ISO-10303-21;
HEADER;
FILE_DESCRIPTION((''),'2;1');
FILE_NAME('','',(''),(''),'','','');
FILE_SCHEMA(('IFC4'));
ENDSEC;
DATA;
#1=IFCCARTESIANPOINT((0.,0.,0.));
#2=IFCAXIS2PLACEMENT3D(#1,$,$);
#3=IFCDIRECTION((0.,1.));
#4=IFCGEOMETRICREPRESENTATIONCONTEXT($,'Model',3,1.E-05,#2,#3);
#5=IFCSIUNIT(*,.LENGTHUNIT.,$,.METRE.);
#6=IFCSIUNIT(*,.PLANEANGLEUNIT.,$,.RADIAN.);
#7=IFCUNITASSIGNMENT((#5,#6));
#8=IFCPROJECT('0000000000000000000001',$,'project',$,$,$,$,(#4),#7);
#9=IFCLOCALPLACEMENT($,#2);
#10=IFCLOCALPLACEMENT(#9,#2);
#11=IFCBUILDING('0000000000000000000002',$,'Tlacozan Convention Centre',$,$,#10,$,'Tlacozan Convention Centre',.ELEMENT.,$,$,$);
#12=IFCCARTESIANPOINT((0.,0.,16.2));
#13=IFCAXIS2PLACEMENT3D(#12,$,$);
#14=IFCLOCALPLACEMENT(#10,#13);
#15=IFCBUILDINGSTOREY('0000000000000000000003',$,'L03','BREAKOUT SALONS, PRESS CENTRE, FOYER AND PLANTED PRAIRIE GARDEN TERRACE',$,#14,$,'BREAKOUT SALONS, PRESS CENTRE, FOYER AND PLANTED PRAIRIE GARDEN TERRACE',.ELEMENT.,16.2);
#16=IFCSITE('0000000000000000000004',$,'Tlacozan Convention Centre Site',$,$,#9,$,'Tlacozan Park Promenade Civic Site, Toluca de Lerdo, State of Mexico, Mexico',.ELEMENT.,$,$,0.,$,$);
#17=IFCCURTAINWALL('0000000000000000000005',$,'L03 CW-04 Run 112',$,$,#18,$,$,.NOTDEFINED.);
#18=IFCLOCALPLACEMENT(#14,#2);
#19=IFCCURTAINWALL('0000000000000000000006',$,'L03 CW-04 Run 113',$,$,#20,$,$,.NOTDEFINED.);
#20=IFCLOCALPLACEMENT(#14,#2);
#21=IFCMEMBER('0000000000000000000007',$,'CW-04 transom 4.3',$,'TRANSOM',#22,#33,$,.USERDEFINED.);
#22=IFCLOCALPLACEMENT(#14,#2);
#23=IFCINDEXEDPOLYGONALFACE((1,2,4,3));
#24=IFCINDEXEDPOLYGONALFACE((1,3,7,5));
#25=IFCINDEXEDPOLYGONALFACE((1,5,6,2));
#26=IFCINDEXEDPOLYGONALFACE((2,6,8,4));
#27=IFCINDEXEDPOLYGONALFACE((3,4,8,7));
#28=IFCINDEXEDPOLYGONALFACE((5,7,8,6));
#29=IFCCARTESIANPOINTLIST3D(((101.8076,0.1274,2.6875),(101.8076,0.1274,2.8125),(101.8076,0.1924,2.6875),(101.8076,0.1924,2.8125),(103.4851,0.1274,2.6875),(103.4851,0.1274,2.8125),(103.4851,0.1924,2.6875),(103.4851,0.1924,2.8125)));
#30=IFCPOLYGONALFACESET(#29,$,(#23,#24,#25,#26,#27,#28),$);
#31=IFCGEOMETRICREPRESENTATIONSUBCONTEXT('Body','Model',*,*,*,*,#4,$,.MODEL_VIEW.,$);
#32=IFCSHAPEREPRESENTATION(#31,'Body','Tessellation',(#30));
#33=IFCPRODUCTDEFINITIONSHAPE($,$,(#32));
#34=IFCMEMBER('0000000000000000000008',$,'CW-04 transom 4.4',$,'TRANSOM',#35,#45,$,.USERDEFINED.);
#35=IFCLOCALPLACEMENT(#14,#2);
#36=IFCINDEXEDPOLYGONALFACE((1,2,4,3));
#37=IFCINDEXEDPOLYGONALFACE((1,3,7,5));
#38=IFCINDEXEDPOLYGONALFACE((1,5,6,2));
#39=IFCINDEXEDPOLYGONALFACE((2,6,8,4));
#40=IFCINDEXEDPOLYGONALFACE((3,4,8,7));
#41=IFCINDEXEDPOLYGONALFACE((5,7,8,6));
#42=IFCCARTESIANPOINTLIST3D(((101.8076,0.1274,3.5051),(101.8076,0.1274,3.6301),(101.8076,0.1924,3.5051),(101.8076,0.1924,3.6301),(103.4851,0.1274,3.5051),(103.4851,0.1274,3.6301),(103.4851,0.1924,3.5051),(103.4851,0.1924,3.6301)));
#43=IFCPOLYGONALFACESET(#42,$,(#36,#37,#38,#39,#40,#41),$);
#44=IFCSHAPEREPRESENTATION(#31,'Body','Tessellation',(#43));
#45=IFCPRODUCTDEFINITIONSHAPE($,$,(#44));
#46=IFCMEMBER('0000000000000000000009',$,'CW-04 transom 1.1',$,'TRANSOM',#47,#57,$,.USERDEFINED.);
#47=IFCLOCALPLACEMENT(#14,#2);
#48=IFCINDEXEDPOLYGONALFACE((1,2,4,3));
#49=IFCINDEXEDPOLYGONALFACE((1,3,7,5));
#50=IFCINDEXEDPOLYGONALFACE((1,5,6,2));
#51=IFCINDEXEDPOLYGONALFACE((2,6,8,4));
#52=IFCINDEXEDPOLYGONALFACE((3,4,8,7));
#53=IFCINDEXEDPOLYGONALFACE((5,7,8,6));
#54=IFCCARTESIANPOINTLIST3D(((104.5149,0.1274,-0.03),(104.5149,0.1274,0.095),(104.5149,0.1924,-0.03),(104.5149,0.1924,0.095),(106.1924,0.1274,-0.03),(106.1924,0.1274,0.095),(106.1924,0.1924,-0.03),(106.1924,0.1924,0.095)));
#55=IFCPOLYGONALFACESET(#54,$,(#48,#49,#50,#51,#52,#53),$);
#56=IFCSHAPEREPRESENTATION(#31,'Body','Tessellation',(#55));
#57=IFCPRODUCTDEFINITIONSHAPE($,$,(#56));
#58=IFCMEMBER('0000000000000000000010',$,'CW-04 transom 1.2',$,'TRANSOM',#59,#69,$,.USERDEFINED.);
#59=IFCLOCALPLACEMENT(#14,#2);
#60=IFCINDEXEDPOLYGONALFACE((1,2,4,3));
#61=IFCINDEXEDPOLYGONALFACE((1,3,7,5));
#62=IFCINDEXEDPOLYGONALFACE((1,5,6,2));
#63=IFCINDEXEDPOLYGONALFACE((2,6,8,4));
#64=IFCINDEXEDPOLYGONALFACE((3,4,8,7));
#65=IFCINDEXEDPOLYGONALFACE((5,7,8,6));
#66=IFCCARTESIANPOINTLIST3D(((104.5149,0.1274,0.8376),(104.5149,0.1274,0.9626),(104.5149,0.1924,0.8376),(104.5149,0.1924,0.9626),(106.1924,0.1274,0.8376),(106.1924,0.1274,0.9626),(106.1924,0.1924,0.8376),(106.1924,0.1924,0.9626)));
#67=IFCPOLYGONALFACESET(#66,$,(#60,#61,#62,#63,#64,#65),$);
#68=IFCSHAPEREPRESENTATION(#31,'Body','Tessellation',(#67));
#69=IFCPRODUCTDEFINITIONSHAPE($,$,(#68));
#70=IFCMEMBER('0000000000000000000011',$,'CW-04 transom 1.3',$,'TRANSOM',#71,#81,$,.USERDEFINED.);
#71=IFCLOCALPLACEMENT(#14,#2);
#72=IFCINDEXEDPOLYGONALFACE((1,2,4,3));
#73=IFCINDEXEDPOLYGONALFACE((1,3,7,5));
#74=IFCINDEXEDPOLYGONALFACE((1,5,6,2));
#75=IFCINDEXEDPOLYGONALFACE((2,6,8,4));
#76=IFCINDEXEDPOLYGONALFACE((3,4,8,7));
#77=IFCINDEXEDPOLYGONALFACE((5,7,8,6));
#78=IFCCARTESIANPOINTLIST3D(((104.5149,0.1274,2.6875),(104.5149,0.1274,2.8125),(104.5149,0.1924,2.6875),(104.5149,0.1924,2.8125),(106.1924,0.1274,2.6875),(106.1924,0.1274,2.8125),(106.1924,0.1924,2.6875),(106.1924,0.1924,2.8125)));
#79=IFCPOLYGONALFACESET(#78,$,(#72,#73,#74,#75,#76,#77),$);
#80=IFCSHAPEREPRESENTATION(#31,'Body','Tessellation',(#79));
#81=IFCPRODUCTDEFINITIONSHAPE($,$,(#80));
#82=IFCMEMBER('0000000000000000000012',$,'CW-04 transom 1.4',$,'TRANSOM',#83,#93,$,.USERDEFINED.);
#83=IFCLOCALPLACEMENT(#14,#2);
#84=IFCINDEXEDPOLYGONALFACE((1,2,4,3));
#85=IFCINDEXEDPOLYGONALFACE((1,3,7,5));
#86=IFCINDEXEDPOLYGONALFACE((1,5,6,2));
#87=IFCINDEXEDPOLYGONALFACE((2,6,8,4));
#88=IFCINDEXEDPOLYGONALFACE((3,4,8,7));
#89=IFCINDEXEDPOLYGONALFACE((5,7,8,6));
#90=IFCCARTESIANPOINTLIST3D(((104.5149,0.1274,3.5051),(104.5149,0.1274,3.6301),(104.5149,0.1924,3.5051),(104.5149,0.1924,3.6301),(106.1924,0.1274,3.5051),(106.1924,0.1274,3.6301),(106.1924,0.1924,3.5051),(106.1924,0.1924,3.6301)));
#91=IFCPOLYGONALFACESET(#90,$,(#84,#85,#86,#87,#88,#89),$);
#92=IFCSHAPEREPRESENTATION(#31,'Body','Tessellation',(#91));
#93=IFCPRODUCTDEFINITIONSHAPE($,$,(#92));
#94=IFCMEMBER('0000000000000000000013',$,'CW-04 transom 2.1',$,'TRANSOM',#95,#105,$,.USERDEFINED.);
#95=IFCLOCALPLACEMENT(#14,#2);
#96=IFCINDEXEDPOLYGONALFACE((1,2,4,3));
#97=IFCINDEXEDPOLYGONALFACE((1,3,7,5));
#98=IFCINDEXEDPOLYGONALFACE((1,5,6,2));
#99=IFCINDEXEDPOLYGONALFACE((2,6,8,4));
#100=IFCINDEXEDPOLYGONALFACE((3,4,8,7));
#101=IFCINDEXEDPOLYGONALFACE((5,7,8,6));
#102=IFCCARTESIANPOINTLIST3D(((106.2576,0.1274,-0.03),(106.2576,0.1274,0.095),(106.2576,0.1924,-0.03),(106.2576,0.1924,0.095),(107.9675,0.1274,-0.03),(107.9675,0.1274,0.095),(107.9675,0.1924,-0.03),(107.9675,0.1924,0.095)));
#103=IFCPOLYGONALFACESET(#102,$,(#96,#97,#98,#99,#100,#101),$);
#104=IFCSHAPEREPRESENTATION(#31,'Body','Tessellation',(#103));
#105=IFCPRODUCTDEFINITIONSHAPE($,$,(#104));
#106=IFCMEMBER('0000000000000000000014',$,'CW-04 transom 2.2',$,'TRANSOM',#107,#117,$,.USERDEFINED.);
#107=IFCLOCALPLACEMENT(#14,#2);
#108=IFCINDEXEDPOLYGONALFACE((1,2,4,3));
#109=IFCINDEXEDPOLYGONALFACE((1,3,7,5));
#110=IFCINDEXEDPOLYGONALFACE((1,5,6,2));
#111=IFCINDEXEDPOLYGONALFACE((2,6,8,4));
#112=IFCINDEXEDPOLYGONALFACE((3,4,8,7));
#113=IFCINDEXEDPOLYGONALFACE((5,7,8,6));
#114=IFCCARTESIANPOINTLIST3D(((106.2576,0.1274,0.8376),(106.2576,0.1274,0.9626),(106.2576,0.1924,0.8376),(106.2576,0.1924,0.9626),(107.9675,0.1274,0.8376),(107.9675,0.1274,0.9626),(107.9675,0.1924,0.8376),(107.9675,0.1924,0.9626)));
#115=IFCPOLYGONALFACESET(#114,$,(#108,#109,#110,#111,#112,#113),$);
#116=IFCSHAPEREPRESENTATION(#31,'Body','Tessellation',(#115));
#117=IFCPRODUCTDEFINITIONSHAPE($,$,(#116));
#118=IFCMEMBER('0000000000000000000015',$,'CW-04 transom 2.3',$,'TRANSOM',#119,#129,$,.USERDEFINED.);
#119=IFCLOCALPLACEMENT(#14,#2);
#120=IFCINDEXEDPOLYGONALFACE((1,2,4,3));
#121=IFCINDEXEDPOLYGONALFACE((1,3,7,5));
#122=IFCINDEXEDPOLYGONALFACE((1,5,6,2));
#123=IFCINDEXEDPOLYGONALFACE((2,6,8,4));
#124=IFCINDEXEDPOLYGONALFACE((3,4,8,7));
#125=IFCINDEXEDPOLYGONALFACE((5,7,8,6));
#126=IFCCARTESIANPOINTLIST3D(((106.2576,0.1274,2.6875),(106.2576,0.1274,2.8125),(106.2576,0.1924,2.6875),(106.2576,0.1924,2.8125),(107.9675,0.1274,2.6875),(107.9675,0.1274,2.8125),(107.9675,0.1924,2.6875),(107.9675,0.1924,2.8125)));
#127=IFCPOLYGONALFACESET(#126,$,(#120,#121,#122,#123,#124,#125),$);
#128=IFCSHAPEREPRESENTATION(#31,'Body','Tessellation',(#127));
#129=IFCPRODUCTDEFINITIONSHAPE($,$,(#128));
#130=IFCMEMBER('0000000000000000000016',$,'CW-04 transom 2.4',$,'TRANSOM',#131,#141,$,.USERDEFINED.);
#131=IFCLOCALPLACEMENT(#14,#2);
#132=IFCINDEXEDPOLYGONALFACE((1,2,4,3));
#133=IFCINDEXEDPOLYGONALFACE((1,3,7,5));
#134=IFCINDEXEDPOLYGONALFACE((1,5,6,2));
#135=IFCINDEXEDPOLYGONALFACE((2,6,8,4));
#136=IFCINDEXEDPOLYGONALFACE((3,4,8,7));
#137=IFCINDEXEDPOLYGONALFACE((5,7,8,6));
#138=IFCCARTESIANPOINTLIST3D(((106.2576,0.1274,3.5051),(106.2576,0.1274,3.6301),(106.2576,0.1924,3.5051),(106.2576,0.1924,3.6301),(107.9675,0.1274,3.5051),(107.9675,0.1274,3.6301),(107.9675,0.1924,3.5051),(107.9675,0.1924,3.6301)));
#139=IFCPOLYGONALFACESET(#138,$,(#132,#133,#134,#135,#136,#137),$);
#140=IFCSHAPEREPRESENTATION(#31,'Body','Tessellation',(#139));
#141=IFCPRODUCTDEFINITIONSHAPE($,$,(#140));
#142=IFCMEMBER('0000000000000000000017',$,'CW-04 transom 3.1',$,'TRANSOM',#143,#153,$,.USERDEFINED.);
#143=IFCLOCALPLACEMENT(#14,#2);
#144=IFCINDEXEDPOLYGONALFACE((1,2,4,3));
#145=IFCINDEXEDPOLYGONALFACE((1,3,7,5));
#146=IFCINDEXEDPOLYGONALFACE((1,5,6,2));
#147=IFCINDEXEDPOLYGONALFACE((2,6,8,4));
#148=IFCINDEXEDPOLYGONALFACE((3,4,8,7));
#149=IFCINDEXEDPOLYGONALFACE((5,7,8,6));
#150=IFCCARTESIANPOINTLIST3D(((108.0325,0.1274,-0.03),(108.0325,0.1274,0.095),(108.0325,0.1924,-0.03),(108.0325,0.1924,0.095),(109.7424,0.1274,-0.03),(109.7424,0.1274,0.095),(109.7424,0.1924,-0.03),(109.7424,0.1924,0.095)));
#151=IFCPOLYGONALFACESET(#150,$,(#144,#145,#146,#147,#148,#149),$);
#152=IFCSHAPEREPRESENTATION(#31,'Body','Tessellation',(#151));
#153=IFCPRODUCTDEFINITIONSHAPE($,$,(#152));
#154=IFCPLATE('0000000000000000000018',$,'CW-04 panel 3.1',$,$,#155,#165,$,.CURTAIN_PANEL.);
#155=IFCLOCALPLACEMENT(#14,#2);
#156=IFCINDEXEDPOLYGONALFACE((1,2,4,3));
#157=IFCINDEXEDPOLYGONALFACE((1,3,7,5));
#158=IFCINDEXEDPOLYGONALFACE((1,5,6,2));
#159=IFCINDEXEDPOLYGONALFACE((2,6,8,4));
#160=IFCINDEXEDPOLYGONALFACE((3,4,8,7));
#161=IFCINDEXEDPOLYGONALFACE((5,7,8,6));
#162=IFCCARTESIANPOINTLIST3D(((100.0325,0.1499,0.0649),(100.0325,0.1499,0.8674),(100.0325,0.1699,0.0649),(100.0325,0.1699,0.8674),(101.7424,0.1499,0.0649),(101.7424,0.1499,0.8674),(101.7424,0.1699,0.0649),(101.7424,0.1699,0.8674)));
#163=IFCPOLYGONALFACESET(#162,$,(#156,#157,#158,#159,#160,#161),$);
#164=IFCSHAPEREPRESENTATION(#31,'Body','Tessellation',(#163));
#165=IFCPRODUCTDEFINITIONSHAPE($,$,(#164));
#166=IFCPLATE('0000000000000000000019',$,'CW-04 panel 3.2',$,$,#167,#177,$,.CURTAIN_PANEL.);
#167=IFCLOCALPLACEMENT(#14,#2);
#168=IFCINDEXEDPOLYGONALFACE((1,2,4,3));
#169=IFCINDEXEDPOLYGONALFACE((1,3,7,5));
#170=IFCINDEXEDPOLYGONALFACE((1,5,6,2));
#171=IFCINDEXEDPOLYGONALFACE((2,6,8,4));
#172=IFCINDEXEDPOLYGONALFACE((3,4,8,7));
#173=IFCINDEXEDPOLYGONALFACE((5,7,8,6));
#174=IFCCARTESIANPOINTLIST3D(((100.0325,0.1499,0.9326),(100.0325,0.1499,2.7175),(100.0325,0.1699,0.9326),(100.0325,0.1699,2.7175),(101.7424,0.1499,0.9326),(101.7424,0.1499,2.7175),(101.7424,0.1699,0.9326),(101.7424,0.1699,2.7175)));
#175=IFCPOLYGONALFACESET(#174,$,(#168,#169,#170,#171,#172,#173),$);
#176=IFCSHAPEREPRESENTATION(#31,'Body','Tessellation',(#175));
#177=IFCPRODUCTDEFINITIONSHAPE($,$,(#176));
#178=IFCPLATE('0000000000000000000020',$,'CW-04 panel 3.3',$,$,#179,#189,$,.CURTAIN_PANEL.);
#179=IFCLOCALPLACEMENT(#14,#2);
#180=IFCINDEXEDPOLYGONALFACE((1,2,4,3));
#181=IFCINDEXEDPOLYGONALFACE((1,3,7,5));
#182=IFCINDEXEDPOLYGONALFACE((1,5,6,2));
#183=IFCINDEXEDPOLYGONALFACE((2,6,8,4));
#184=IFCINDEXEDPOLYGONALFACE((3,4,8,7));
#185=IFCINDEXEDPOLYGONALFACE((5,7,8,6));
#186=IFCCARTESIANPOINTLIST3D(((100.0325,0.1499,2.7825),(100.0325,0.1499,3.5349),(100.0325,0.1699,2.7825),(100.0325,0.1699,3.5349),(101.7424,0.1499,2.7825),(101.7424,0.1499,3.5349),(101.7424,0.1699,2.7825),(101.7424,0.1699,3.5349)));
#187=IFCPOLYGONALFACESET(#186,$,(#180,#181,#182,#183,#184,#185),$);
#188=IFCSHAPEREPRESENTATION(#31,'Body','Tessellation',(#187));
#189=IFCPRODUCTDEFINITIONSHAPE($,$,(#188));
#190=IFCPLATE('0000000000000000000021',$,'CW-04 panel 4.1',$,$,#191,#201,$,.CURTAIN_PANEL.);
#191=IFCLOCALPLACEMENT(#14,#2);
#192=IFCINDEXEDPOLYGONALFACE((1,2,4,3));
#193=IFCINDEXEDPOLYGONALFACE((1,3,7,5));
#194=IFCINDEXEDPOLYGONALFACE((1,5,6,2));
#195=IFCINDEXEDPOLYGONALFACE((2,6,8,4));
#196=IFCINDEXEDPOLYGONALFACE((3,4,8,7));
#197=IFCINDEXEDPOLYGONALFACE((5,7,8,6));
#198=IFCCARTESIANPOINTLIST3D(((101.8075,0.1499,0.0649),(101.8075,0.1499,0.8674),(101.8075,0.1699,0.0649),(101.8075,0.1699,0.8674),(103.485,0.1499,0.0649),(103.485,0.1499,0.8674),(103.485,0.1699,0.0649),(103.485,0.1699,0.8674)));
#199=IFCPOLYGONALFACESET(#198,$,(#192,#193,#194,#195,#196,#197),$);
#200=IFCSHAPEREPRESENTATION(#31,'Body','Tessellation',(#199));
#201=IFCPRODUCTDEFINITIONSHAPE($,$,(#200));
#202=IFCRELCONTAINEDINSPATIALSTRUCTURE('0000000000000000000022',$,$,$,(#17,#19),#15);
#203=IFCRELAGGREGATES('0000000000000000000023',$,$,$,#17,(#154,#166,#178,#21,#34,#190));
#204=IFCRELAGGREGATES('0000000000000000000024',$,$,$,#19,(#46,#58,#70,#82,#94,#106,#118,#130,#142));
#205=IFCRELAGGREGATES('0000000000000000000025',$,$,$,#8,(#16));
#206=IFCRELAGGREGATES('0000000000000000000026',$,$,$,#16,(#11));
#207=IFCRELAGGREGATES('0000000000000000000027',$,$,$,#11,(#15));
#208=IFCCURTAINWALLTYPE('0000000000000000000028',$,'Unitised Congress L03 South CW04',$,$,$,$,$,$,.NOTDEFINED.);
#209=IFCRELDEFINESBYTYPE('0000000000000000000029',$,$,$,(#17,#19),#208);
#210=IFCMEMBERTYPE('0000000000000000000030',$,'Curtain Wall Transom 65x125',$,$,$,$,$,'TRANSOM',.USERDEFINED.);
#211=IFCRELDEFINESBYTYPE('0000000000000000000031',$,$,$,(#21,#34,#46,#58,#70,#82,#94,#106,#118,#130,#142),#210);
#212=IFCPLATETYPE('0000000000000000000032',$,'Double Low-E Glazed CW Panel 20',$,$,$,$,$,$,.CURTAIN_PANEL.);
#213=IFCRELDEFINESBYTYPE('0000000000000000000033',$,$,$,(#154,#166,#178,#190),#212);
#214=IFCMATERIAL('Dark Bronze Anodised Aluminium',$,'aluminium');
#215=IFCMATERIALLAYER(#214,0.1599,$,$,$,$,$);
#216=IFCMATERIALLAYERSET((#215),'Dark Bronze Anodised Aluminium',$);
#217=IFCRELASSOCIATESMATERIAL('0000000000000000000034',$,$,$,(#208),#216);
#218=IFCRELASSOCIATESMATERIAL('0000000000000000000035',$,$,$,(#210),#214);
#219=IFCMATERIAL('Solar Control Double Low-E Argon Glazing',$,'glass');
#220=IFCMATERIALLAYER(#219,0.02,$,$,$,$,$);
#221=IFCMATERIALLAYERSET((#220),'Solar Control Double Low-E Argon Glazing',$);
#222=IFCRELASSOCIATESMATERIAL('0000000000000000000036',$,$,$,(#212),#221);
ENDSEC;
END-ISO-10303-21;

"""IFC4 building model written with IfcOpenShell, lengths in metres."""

from ifc_helpers import new_model, si_unit, direction, frame, origin, origin_2d, place, context, subcontext, project, spatial, rectangle, extrude, material, layer, layer_set, material_profile, profile_set, type_object, element, aggregate, save


model = new_model("IFC4")

# Units and contexts
model_context = context("Model", 3, precision=1e-05, world=origin(), true_north=direction((0.0, 1.0)))
body_context = subcontext(model_context, "Body", "Model", "MODEL_VIEW")
ifc_project = project(units=[si_unit("LENGTHUNIT", "METRE"), si_unit("PLANEANGLEUNIT", "RADIAN")], contexts=[model_context])

# Site, building, storey
site_placement = place(None, origin())
site = spatial("IfcSite", under=ifc_project, at=site_placement, Name="Tlacozan Convention Centre Site", LongName="Tlacozan Park Promenade Civic Site, Toluca de Lerdo, State of Mexico, Mexico", CompositionType="ELEMENT", RefElevation=0.0)
building_placement = place(site_placement, origin())
building = spatial("IfcBuilding", under=site, at=building_placement, Name="Tlacozan Convention Centre", LongName="Tlacozan Convention Centre", CompositionType="ELEMENT")
storey_placement = place(building_placement, frame((0.0, 0.0, 16.2)))
storey = spatial("IfcBuildingStorey", under=building, at=storey_placement, Name="L03", Description="BREAKOUT SALONS, PRESS CENTRE, FOYER AND PLANTED PRAIRIE GARDEN TERRACE", LongName="BREAKOUT SALONS, PRESS CENTRE, FOYER AND PLANTED PRAIRIE GARDEN TERRACE", CompositionType="ELEMENT", Elevation=16.2)

# Curtain walls
ifc_material_1 = material(Name="Dark Bronze Anodised Aluminium", Category="aluminium")
ifc_layer_1 = layer(ifc_material_1, 0.1599)
ifc_layer_set_1 = layer_set([ifc_layer_1], Name="Dark Bronze Anodised Aluminium")
curtain_wall_type = type_object("IfcCurtainWallType", Name="Unitised Congress L03 South CW04", PredefinedType="NOTDEFINED", material=ifc_layer_set_1)
curtain_wall_1_placement = place(storey_placement, origin())
curtain_wall_1 = element("IfcCurtainWall", 1, at=curtain_wall_1_placement, inside=storey, type_object=curtain_wall_type, Name="L03 CW-04 Run 112", PredefinedType="NOTDEFINED")
curtain_wall_2_placement = place(storey_placement, origin())
curtain_wall_2 = element("IfcCurtainWall", 2, at=curtain_wall_2_placement, inside=storey, type_object=curtain_wall_type, Name="L03 CW-04 Run 113", PredefinedType="NOTDEFINED")

# Members
ifc_material_profile_1 = material_profile(ifc_material_1, rectangle(XDim=0.0649, YDim=0.125, at=origin_2d()), Name="ALU 65x125")
ifc_profile_set_1 = profile_set([ifc_material_profile_1], Name="Dark Bronze Anodised Aluminium")
member_type_1 = type_object("IfcMemberType", Name="Curtain Wall Transom 65x125", ElementType="TRANSOM", PredefinedType="USERDEFINED", material=ifc_profile_set_1)
member_1_placement = place(storey_placement, frame((101.8076, 0.1599, 2.75), z_axis=(1.0, 0.0, 0.0), x_axis=(0.0, 1.0, 0.0)))
member_1 = element("IfcMember", 3, at=member_1_placement, type_object=member_type_1, Name="CW-04 transom 4.3", ObjectType="TRANSOM", PredefinedType="USERDEFINED", context=body_context, shape_type="SweptSolid", body=[
    extrude(rectangle(XDim=0.0649, YDim=0.125, at=origin_2d()), origin(), (0.0, 0.0, 1.0), 1.6775),
])
member_2_placement = place(storey_placement, frame((101.8076, 0.1599, 3.5676), z_axis=(1.0, 0.0, 0.0), x_axis=(0.0, 1.0, 0.0)))
member_2 = element("IfcMember", 4, at=member_2_placement, type_object=member_type_1, Name="CW-04 transom 4.4", ObjectType="TRANSOM", PredefinedType="USERDEFINED", context=body_context, shape_type="SweptSolid", body=[
    extrude(rectangle(XDim=0.0649, YDim=0.125, at=origin_2d()), origin(), (0.0, 0.0, 1.0), 1.6775),
])
member_3_placement = place(storey_placement, frame((104.5149, 0.1599, 0.0325), z_axis=(1.0, 0.0, 0.0), x_axis=(0.0, 1.0, 0.0)))
member_3 = element("IfcMember", 5, at=member_3_placement, type_object=member_type_1, Name="CW-04 transom 1.1", ObjectType="TRANSOM", PredefinedType="USERDEFINED", context=body_context, shape_type="SweptSolid", body=[
    extrude(rectangle(XDim=0.0649, YDim=0.125, at=origin_2d()), origin(), (0.0, 0.0, 1.0), 1.6775),
])
member_4_placement = place(storey_placement, frame((104.5149, 0.1599, 0.9001), z_axis=(1.0, 0.0, 0.0), x_axis=(0.0, 1.0, 0.0)))
member_4 = element("IfcMember", 6, at=member_4_placement, type_object=member_type_1, Name="CW-04 transom 1.2", ObjectType="TRANSOM", PredefinedType="USERDEFINED", context=body_context, shape_type="SweptSolid", body=[
    extrude(rectangle(XDim=0.0649, YDim=0.125, at=origin_2d()), origin(), (0.0, 0.0, 1.0), 1.6775),
])
member_5_placement = place(storey_placement, frame((104.5149, 0.1599, 2.75), z_axis=(1.0, 0.0, 0.0), x_axis=(0.0, 1.0, 0.0)))
member_5 = element("IfcMember", 7, at=member_5_placement, type_object=member_type_1, Name="CW-04 transom 1.3", ObjectType="TRANSOM", PredefinedType="USERDEFINED", context=body_context, shape_type="SweptSolid", body=[
    extrude(rectangle(XDim=0.0649, YDim=0.125, at=origin_2d()), origin(), (0.0, 0.0, 1.0), 1.6775),
])
member_6_placement = place(storey_placement, frame((104.5149, 0.1599, 3.5676), z_axis=(1.0, 0.0, 0.0), x_axis=(0.0, 1.0, 0.0)))
member_6 = element("IfcMember", 8, at=member_6_placement, type_object=member_type_1, Name="CW-04 transom 1.4", ObjectType="TRANSOM", PredefinedType="USERDEFINED", context=body_context, shape_type="SweptSolid", body=[
    extrude(rectangle(XDim=0.0649, YDim=0.125, at=origin_2d()), origin(), (0.0, 0.0, 1.0), 1.6775),
])
member_7_placement = place(storey_placement, frame((106.2576, 0.1599, 0.0325), z_axis=(1.0, 0.0, 0.0), x_axis=(0.0, 1.0, 0.0)))
member_7 = element("IfcMember", 9, at=member_7_placement, type_object=member_type_1, Name="CW-04 transom 2.1", ObjectType="TRANSOM", PredefinedType="USERDEFINED", context=body_context, shape_type="SweptSolid", body=[
    extrude(rectangle(XDim=0.0649, YDim=0.125, at=origin_2d()), origin(), (0.0, 0.0, 1.0), 1.71),
])
member_8_placement = place(storey_placement, frame((106.2576, 0.1599, 0.9001), z_axis=(1.0, 0.0, 0.0), x_axis=(0.0, 1.0, 0.0)))
member_8 = element("IfcMember", 10, at=member_8_placement, type_object=member_type_1, Name="CW-04 transom 2.2", ObjectType="TRANSOM", PredefinedType="USERDEFINED", context=body_context, shape_type="SweptSolid", body=[
    extrude(rectangle(XDim=0.0649, YDim=0.125, at=origin_2d()), origin(), (0.0, 0.0, 1.0), 1.71),
])
member_9_placement = place(storey_placement, frame((106.2576, 0.1599, 2.75), z_axis=(1.0, 0.0, 0.0), x_axis=(0.0, 1.0, 0.0)))
member_9 = element("IfcMember", 11, at=member_9_placement, type_object=member_type_1, Name="CW-04 transom 2.3", ObjectType="TRANSOM", PredefinedType="USERDEFINED", context=body_context, shape_type="SweptSolid", body=[
    extrude(rectangle(XDim=0.0649, YDim=0.125, at=origin_2d()), origin(), (0.0, 0.0, 1.0), 1.71),
])
member_10_placement = place(storey_placement, frame((106.2576, 0.1599, 3.5676), z_axis=(1.0, 0.0, 0.0), x_axis=(0.0, 1.0, 0.0)))
member_10 = element("IfcMember", 12, at=member_10_placement, type_object=member_type_1, Name="CW-04 transom 2.4", ObjectType="TRANSOM", PredefinedType="USERDEFINED", context=body_context, shape_type="SweptSolid", body=[
    extrude(rectangle(XDim=0.0649, YDim=0.125, at=origin_2d()), origin(), (0.0, 0.0, 1.0), 1.71),
])
member_11_placement = place(storey_placement, frame((108.0325, 0.1599, 0.0325), z_axis=(1.0, 0.0, 0.0), x_axis=(0.0, 1.0, 0.0)))
member_11 = element("IfcMember", 13, at=member_11_placement, type_object=member_type_1, Name="CW-04 transom 3.1", ObjectType="TRANSOM", PredefinedType="USERDEFINED", context=body_context, shape_type="SweptSolid", body=[
    extrude(rectangle(XDim=0.0649, YDim=0.125, at=origin_2d()), origin(), (0.0, 0.0, 1.0), 1.71),
])

# Plates
ifc_material_2 = material(Name="Solar Control Double Low-E Argon Glazing", Category="glass")
ifc_layer_2 = layer(ifc_material_2, 0.02)
ifc_layer_set_2 = layer_set([ifc_layer_2], Name="Solar Control Double Low-E Argon Glazing")
plate_type_1 = type_object("IfcPlateType", Name="Double Low-E Glazed CW Panel 20", PredefinedType="CURTAIN_PANEL", material=ifc_layer_set_2)
plate_1_placement = place(storey_placement, frame((100.8875, 0.1599, 0.0649), z_axis=(0.0, 0.0, 1.0), x_axis=(1.0, 0.0, 0.0)))
plate_1 = element("IfcPlate", 14, at=plate_1_placement, type_object=plate_type_1, Name="CW-04 panel 3.1", PredefinedType="CURTAIN_PANEL", context=body_context, shape_type="SweptSolid", body=[
    extrude(rectangle(XDim=1.71, YDim=0.02, at=origin_2d()), origin(), (0.0, 0.0, 1.0), 0.8025),
])
plate_2_placement = place(storey_placement, frame((100.8875, 0.1599, 0.9326), z_axis=(0.0, 0.0, 1.0), x_axis=(1.0, 0.0, 0.0)))
plate_2 = element("IfcPlate", 15, at=plate_2_placement, type_object=plate_type_1, Name="CW-04 panel 3.2", PredefinedType="CURTAIN_PANEL", context=body_context, shape_type="SweptSolid", body=[
    extrude(rectangle(XDim=1.71, YDim=0.02, at=origin_2d()), origin(), (0.0, 0.0, 1.0), 1.7849),
])
plate_3_placement = place(storey_placement, frame((100.8875, 0.1599, 2.7825), z_axis=(0.0, 0.0, 1.0), x_axis=(1.0, 0.0, 0.0)))
plate_3 = element("IfcPlate", 16, at=plate_3_placement, type_object=plate_type_1, Name="CW-04 panel 3.3", PredefinedType="CURTAIN_PANEL", context=body_context, shape_type="SweptSolid", body=[
    extrude(rectangle(XDim=1.71, YDim=0.02, at=origin_2d()), origin(), (0.0, 0.0, 1.0), 0.7524),
])
plate_4_placement = place(storey_placement, frame((102.6462, 0.1599, 0.0649), z_axis=(0.0, 0.0, 1.0), x_axis=(1.0, 0.0, 0.0)))
plate_4 = element("IfcPlate", 17, at=plate_4_placement, type_object=plate_type_1, Name="CW-04 panel 4.1", PredefinedType="CURTAIN_PANEL", context=body_context, shape_type="SweptSolid", body=[
    extrude(rectangle(XDim=1.6775, YDim=0.02, at=origin_2d()), origin(), (0.0, 0.0, 1.0), 0.8025),
])
aggregate(curtain_wall_1, [plate_1, plate_2, plate_3, member_1, member_2, plate_4])
aggregate(curtain_wall_2, [member_3, member_4, member_5, member_6, member_7, member_8, member_9, member_10, member_11])

save(model, "model.ifc")
